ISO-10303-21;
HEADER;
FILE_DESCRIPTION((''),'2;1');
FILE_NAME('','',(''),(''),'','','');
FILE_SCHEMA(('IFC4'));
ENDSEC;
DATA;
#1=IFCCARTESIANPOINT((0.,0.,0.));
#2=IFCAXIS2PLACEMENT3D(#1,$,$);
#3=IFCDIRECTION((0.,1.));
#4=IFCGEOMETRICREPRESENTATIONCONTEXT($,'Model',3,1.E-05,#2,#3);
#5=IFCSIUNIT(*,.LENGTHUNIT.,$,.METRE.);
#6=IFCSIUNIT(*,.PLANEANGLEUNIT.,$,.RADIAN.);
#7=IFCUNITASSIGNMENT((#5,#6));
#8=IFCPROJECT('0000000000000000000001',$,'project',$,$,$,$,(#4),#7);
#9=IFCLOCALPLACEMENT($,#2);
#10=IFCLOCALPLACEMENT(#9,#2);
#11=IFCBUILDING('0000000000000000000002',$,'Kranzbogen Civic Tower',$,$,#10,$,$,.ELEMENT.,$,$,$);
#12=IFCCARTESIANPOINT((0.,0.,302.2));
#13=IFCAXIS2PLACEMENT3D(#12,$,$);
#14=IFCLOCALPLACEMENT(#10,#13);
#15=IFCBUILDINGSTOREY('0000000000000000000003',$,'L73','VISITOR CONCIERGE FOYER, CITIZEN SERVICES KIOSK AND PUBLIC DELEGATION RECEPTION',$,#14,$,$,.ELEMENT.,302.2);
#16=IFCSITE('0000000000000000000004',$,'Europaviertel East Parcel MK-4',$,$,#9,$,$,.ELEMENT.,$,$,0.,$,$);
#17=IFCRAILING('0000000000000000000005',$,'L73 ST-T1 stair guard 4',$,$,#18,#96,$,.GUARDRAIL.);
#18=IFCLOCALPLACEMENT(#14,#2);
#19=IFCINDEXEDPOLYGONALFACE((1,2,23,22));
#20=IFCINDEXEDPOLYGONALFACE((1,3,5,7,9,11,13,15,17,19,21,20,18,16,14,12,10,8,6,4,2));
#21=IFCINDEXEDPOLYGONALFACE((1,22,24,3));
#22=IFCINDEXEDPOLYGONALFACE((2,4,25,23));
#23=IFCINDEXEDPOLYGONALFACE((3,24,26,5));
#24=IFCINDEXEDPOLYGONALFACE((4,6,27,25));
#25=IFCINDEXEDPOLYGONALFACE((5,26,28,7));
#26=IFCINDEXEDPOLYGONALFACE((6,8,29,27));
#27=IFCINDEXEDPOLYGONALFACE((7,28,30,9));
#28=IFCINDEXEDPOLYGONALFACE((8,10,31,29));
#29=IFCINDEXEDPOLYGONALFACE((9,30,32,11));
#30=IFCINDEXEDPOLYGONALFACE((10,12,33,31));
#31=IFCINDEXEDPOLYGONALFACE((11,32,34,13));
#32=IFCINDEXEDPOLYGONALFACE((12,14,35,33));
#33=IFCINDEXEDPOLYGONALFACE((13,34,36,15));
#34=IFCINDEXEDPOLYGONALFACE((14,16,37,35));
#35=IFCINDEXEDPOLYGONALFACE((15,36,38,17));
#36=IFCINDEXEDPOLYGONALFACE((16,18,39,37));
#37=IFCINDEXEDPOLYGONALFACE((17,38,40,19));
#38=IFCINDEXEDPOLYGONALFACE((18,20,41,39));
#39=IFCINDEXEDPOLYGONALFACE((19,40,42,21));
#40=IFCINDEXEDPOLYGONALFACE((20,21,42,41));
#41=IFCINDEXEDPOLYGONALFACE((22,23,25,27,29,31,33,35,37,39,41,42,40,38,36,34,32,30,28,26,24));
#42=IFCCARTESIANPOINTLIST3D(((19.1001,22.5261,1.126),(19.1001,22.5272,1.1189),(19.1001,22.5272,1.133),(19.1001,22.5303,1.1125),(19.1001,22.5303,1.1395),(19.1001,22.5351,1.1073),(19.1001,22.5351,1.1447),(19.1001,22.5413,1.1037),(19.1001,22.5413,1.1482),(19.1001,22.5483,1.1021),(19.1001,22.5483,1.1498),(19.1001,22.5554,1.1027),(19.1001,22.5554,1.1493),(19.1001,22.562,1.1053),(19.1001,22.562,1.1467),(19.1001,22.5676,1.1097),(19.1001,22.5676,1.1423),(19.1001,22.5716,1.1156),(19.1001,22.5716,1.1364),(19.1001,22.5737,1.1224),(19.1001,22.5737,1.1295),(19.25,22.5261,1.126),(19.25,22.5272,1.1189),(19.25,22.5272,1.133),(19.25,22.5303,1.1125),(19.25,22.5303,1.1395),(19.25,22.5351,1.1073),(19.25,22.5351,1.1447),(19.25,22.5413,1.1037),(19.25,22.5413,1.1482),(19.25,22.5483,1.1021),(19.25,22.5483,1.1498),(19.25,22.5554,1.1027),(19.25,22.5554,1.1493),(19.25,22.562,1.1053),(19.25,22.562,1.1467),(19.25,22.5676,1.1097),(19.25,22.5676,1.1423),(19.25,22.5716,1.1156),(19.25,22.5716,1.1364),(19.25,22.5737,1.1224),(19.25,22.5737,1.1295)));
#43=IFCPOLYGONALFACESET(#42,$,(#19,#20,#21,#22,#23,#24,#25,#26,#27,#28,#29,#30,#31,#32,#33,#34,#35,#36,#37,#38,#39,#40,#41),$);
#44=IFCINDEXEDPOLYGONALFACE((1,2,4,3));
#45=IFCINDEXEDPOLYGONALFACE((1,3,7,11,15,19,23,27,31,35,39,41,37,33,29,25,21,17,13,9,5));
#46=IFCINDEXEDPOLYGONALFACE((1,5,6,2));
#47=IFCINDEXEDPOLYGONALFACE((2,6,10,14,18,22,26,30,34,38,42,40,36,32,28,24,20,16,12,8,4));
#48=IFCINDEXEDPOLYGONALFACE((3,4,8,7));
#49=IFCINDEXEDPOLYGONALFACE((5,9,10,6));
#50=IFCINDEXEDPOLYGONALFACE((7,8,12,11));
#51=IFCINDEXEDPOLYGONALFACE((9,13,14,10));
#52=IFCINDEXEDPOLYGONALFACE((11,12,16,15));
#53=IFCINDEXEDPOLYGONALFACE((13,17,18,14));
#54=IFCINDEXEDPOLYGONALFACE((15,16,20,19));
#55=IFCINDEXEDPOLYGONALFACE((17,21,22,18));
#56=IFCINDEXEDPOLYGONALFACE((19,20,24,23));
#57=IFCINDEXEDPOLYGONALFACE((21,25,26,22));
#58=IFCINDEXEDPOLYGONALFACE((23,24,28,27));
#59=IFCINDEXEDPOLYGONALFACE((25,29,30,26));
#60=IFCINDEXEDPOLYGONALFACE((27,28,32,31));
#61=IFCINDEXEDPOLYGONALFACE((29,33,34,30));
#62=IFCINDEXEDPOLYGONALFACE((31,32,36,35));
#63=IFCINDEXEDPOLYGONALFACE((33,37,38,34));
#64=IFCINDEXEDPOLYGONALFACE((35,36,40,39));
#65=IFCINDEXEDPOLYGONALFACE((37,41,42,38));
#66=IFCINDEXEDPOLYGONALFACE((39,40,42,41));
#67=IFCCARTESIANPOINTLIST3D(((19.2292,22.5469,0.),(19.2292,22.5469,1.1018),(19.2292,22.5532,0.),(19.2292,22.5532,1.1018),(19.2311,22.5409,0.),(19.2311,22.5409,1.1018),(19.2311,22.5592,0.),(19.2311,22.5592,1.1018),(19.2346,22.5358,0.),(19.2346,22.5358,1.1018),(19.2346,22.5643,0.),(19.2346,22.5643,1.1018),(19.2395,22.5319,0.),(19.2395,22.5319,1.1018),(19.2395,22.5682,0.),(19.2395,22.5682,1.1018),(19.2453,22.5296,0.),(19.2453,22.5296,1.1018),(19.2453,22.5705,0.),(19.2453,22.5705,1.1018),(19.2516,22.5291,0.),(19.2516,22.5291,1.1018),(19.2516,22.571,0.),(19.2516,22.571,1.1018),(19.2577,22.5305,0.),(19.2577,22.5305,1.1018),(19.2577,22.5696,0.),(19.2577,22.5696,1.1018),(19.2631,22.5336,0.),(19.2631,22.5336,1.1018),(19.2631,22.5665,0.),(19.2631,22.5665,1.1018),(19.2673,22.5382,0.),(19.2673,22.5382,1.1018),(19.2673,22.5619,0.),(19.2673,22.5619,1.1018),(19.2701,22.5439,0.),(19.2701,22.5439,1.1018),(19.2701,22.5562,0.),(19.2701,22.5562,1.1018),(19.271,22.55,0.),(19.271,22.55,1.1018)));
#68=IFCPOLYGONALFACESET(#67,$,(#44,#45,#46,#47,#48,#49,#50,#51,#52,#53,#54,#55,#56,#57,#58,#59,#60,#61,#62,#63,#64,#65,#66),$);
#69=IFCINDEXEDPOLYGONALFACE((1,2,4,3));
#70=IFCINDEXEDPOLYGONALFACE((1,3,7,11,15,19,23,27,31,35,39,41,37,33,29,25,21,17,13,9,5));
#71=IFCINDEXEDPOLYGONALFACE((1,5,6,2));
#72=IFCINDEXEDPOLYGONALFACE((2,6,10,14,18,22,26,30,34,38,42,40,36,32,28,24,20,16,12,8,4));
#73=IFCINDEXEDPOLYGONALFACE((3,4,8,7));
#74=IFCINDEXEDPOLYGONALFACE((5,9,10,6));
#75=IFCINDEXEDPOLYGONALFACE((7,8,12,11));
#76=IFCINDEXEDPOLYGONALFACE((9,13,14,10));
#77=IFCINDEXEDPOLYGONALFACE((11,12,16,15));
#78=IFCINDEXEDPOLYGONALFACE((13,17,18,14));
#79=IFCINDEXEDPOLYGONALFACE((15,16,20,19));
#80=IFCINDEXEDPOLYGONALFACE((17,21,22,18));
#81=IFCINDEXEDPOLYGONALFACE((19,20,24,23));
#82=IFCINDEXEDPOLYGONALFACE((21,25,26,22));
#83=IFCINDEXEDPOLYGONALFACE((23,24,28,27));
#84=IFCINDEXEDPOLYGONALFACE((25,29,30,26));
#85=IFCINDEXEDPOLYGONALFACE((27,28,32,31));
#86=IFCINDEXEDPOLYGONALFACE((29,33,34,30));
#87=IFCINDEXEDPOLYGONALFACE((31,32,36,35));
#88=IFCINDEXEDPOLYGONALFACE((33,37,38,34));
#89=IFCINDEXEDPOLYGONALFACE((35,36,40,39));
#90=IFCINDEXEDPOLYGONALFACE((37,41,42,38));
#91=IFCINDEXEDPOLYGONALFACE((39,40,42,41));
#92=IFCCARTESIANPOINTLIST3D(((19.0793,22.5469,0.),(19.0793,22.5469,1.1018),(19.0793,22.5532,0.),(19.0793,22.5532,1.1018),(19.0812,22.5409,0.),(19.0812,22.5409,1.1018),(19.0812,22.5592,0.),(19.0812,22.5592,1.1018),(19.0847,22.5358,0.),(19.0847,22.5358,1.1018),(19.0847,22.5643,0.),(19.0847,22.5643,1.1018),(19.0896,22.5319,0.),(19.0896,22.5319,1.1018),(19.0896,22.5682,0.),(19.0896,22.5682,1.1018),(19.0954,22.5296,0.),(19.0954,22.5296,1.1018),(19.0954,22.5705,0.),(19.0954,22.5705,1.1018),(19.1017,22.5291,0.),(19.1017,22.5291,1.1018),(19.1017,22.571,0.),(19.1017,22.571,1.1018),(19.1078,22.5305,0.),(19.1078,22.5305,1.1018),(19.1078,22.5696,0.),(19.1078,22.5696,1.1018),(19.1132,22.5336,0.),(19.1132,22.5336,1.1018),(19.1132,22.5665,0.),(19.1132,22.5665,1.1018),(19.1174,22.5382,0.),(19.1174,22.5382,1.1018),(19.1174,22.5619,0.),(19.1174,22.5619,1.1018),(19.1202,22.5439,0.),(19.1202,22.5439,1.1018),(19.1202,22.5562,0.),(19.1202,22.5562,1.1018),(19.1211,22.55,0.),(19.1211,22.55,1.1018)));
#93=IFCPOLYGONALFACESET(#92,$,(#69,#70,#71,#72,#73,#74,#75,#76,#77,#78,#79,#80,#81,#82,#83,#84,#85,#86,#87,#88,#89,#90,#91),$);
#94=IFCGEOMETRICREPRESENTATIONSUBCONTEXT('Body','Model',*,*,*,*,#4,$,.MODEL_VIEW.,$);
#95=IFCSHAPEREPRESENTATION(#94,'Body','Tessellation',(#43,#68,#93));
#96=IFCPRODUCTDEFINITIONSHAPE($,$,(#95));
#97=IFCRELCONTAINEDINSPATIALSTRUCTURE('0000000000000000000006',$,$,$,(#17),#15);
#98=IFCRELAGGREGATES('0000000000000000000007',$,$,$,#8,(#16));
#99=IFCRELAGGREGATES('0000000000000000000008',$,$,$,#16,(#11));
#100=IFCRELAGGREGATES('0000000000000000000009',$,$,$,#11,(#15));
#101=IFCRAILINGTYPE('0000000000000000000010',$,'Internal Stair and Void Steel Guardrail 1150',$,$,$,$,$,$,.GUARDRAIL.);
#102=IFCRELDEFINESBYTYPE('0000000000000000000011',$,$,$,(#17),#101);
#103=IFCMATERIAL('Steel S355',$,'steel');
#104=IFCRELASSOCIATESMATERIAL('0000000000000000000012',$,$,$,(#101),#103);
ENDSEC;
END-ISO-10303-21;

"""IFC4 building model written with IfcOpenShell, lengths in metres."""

from ifc_helpers import new_model, si_unit, direction, frame, origin, origin_2d, place, context, subcontext, project, spatial, circle, extrude, material, type_object, element, save


model = new_model("IFC4")

# Units and contexts
model_context = context("Model", 3, precision=1e-05, world=origin(), true_north=direction((0.0, 1.0)))
body_context = subcontext(model_context, "Body", "Model", "MODEL_VIEW")
ifc_project = project(units=[si_unit("LENGTHUNIT", "METRE"), si_unit("PLANEANGLEUNIT", "RADIAN")], contexts=[model_context])

# Site, building, storey
site_placement = place(None, origin())
site = spatial("IfcSite", under=ifc_project, at=site_placement, Name="Europaviertel East Parcel MK-4", CompositionType="ELEMENT", RefElevation=0.0)
building_placement = place(site_placement, origin())
building = spatial("IfcBuilding", under=site, at=building_placement, Name="Kranzbogen Civic Tower", CompositionType="ELEMENT")
storey_placement = place(building_placement, frame((0.0, 0.0, 302.2)))
storey = spatial("IfcBuildingStorey", under=building, at=storey_placement, Name="L73", Description="VISITOR CONCIERGE FOYER, CITIZEN SERVICES KIOSK AND PUBLIC DELEGATION RECEPTION", CompositionType="ELEMENT", Elevation=302.2)

# Shared definitions
ifc_material_1 = material(Name="Steel S355", Category="steel")

# Railing
railing_type_1 = type_object("IfcRailingType", Name="Internal Stair and Void Steel Guardrail 1150", PredefinedType="GUARDRAIL", material=ifc_material_1)
railing_1_placement = place(storey_placement, frame((19.25, 22.55, 0.0)))
element("IfcRailing", 1, at=railing_1_placement, inside=storey, type_object=railing_type_1, Name="L73 ST-T1 stair guard 4", PredefinedType="GUARDRAIL", context=body_context, shape_type="SweptSolid", body=[
    extrude(circle(Radius=0.0239, at=origin_2d()), frame((0.0, 0.0, 1.126), z_axis=(-1.0, 0.0, 0.0), x_axis=(0.0, -1.0, 0.0)), (0.0, 0.0, 1.0), 0.1499),
    extrude(circle(Radius=0.021, at=origin_2d()), origin(), (0.0, 0.0, 1.0), 1.1018),
    extrude(circle(Radius=0.021, at=origin_2d()), frame((-0.1499, 0.0, 0.0)), (0.0, 0.0, 1.0), 1.1018),
])

save(model, "model.ifc")
